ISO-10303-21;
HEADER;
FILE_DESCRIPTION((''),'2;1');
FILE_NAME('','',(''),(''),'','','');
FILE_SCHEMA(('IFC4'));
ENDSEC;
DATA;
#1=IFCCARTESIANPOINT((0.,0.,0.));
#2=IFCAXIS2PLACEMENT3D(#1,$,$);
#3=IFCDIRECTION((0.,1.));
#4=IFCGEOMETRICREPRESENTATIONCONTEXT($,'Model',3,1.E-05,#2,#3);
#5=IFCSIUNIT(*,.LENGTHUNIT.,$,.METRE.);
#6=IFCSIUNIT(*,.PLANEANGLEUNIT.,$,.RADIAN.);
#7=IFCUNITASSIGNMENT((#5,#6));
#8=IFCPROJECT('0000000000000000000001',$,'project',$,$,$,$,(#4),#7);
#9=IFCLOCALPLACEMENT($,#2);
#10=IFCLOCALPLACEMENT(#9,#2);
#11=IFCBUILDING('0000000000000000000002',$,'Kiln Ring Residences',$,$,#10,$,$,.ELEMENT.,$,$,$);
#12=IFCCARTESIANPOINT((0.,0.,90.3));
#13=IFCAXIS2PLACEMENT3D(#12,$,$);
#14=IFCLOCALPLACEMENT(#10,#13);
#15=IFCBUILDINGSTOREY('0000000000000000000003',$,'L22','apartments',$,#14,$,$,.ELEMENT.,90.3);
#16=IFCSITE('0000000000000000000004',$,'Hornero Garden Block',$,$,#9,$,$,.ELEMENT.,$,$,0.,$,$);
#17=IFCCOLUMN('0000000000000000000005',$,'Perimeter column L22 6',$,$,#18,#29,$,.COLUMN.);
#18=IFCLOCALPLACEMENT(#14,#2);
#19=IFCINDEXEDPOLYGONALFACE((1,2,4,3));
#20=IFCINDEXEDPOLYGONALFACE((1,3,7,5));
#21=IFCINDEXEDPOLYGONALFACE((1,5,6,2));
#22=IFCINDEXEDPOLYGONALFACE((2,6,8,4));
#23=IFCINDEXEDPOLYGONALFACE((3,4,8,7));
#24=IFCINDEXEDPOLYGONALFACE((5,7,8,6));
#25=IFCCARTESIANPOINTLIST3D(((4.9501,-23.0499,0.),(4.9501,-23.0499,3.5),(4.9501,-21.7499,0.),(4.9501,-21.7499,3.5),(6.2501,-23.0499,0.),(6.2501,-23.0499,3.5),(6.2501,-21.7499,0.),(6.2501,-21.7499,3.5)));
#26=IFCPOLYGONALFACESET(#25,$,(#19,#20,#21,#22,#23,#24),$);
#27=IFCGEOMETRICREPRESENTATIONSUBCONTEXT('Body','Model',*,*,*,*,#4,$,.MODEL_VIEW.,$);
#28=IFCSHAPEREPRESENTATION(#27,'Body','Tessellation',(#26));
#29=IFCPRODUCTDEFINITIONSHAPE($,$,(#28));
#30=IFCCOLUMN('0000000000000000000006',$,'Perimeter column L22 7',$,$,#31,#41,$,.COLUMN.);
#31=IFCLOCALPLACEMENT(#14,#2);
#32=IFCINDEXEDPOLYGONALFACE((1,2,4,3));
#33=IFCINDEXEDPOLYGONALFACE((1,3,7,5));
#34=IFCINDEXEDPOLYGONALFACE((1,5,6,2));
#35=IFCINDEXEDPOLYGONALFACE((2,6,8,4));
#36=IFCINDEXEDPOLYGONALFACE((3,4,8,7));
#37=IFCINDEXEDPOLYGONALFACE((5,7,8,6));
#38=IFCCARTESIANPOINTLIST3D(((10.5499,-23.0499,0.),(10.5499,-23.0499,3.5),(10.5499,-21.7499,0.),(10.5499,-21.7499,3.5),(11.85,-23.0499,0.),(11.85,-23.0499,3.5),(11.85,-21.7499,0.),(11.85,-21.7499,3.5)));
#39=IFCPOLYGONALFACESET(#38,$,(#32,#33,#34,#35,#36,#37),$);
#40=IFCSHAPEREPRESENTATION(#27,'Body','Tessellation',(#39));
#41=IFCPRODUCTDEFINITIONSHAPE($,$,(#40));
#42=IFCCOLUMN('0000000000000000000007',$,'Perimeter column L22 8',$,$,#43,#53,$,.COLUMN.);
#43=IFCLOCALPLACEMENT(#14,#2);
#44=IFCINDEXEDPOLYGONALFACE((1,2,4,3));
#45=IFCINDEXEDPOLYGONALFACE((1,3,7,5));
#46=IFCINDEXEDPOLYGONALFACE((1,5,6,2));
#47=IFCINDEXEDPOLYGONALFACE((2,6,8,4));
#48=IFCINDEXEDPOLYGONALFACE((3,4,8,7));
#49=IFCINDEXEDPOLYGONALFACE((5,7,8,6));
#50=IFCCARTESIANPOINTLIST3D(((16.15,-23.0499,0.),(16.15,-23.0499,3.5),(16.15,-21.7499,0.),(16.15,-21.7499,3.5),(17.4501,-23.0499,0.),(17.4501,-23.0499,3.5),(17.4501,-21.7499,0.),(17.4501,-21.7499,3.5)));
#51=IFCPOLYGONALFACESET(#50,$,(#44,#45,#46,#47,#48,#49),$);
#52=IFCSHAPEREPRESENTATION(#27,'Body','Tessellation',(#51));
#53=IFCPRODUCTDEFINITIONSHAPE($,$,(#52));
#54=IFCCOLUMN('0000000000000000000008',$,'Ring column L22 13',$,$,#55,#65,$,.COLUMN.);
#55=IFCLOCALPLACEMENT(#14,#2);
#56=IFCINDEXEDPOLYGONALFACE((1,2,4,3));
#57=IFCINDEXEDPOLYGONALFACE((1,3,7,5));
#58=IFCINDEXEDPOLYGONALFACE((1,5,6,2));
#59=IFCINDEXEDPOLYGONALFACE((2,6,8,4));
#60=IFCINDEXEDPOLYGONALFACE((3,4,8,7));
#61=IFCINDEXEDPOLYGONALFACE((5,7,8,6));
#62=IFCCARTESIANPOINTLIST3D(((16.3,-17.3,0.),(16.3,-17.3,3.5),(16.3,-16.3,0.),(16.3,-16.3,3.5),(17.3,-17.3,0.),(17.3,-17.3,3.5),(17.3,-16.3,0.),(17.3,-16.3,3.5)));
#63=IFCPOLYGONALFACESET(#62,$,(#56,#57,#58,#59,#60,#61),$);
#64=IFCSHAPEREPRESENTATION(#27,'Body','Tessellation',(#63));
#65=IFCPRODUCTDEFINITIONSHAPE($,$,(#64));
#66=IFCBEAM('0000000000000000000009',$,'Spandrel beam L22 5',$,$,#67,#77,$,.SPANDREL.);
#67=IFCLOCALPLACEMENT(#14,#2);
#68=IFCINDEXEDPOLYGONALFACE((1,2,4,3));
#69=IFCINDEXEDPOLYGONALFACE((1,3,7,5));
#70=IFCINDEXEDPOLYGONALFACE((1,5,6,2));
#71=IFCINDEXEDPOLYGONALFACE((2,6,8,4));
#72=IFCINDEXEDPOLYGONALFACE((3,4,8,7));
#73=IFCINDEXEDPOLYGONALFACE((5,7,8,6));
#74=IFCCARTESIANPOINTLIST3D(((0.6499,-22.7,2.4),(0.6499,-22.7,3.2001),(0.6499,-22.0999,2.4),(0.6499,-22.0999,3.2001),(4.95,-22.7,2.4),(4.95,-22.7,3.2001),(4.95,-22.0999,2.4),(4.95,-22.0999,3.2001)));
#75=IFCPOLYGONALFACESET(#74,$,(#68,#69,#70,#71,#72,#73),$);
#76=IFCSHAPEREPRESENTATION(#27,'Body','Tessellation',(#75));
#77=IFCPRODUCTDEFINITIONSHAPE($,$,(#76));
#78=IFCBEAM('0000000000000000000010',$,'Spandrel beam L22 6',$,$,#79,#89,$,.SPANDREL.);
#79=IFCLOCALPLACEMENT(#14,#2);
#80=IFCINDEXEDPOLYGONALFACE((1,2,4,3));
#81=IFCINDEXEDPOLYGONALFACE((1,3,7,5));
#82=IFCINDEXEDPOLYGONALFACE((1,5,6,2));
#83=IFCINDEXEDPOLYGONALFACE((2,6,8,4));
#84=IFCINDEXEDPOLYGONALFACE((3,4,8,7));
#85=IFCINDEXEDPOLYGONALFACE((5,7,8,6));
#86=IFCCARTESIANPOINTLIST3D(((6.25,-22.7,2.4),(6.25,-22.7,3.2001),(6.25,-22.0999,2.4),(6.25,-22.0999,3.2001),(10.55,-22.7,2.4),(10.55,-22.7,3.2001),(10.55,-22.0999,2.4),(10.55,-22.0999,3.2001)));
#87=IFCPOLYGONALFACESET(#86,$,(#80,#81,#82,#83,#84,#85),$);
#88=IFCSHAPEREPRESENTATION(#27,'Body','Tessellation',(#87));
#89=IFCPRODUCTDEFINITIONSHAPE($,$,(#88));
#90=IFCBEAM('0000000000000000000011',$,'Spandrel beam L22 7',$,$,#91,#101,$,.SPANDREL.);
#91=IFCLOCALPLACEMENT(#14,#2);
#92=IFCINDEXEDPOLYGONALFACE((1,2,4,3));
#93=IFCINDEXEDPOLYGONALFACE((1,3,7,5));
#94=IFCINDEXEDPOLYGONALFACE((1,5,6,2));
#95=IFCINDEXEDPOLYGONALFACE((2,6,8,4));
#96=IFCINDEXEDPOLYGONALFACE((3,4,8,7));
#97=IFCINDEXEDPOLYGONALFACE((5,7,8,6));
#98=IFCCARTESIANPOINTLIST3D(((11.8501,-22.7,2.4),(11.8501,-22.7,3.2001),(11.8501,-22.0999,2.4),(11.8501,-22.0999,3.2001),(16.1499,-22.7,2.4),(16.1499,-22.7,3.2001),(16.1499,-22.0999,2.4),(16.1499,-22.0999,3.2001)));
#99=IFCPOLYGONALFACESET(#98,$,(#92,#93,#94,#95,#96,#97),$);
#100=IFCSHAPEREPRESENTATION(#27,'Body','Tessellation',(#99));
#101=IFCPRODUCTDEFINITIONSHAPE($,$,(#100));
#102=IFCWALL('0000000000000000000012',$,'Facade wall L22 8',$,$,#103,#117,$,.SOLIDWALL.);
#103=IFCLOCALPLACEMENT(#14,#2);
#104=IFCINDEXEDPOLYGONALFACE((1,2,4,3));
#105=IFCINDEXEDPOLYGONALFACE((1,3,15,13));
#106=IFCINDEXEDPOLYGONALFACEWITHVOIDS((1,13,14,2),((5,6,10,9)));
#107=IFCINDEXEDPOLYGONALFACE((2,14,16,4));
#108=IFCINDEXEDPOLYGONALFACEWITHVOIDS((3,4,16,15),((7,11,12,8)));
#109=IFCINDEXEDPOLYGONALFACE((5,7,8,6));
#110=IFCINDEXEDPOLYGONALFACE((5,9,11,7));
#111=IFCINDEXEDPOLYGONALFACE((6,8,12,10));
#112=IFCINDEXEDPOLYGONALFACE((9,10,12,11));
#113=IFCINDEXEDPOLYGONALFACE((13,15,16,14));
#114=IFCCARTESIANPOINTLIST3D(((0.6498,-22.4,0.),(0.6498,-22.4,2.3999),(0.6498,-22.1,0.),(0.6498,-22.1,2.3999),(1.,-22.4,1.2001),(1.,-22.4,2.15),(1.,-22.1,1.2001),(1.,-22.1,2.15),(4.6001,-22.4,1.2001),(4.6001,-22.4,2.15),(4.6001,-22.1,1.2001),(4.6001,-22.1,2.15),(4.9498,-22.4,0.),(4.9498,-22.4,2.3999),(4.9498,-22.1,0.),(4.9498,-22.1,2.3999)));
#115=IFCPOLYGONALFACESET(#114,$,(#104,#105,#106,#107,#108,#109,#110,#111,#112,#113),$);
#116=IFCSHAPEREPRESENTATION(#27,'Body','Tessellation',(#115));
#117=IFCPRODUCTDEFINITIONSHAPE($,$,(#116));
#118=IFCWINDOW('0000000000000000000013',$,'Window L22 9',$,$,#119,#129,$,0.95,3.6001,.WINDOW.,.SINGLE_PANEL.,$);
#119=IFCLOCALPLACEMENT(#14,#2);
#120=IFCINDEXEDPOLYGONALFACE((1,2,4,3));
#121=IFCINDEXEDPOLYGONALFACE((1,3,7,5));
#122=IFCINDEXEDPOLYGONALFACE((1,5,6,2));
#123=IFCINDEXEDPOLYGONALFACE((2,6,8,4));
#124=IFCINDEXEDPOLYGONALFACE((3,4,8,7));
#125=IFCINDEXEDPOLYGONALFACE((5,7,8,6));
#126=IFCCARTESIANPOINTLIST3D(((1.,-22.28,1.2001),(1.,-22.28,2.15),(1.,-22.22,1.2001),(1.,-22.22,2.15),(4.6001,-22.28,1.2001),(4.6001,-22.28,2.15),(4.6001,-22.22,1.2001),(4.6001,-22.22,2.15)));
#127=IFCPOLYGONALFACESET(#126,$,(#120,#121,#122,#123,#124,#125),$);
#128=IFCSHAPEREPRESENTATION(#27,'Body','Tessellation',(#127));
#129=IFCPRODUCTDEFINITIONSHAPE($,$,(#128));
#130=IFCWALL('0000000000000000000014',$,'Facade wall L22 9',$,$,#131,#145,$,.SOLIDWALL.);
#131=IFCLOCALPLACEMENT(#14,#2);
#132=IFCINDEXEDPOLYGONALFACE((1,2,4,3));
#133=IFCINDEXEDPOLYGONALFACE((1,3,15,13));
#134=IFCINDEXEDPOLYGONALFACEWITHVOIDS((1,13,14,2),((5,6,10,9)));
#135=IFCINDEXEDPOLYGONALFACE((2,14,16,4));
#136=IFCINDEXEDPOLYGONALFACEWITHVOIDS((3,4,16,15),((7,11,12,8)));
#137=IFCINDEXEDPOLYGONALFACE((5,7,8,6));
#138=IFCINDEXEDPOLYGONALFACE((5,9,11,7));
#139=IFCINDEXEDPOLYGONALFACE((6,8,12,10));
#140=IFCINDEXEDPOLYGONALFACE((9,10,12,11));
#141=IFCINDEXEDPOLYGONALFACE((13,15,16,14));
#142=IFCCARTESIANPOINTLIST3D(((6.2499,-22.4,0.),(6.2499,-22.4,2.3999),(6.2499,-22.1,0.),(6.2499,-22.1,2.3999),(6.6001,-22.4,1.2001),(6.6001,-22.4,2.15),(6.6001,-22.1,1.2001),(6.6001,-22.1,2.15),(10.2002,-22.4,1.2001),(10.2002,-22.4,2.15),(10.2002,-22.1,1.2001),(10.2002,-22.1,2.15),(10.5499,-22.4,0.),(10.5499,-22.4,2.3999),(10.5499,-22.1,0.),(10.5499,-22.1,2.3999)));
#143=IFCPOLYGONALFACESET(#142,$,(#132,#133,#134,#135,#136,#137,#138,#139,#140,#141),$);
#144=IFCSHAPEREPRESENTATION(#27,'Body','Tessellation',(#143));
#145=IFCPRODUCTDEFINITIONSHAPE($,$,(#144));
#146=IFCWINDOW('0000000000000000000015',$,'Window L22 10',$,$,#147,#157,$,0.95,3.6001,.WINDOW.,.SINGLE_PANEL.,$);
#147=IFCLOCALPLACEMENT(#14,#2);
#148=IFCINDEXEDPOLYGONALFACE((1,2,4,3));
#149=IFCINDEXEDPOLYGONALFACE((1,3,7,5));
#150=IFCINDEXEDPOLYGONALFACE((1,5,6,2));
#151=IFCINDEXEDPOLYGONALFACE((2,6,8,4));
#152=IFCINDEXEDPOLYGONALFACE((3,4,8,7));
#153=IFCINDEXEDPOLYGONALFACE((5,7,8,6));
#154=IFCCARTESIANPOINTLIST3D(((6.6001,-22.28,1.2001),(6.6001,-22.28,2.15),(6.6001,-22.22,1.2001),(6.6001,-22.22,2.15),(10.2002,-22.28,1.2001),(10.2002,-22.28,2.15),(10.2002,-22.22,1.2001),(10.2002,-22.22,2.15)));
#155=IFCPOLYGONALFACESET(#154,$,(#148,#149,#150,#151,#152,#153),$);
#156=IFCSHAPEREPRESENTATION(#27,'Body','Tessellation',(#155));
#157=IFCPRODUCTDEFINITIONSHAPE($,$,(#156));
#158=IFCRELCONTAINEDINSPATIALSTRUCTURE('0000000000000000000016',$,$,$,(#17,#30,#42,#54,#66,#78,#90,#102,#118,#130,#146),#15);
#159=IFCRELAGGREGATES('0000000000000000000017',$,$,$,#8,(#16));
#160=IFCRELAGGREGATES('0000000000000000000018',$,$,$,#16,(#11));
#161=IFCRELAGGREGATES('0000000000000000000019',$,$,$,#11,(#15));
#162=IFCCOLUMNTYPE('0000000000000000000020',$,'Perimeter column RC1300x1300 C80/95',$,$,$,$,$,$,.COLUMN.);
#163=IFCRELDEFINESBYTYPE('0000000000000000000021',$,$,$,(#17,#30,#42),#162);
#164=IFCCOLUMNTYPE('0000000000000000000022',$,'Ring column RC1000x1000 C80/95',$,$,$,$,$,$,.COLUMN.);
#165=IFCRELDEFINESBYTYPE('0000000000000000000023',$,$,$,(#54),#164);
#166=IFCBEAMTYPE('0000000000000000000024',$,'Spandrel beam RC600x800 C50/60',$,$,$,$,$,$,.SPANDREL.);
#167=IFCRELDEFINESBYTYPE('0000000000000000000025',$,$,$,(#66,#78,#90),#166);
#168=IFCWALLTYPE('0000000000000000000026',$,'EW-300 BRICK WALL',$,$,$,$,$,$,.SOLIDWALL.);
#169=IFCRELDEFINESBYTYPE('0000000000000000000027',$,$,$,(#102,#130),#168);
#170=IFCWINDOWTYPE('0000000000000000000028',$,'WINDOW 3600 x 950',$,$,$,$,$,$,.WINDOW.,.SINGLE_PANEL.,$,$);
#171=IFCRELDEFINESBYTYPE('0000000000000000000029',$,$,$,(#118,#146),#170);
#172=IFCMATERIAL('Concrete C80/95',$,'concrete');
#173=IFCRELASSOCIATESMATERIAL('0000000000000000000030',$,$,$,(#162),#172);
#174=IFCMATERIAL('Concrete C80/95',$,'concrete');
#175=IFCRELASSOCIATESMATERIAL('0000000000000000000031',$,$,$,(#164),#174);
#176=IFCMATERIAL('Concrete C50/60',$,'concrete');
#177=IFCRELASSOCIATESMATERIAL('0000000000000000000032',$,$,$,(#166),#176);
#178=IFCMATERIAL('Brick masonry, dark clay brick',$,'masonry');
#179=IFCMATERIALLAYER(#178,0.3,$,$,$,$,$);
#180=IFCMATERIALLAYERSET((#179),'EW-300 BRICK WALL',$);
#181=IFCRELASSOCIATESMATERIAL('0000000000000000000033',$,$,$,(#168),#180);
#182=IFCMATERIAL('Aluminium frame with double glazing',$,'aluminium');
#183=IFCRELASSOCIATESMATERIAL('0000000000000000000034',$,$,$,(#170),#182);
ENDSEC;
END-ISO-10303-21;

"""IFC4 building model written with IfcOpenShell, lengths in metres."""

from ifc_helpers import new_model, si_unit, direction, frame, frame_2d, origin, origin_2d, place, context, subcontext, project, spatial, rectangle, extrude, material, layer, layer_set, material_profile, profile_set, type_object, element, fill, save


model = new_model("IFC4")

# Units and contexts
model_context = context("Model", 3, precision=1e-05, world=origin(), true_north=direction((0.0, 1.0)))
body_context = subcontext(model_context, "Body", "Model", "MODEL_VIEW")
ifc_project = project(units=[si_unit("LENGTHUNIT", "METRE"), si_unit("PLANEANGLEUNIT", "RADIAN")], contexts=[model_context])

# Site, building, storey
site_placement = place(None, origin())
site = spatial("IfcSite", under=ifc_project, at=site_placement, Name="Hornero Garden Block", CompositionType="ELEMENT", RefElevation=0.0)
building_placement = place(site_placement, origin())
building = spatial("IfcBuilding", under=site, at=building_placement, Name="Kiln Ring Residences", CompositionType="ELEMENT")
storey_placement = place(building_placement, frame((0.0, 0.0, 90.3)))
storey = spatial("IfcBuildingStorey", under=building, at=storey_placement, Name="L22", Description="apartments", CompositionType="ELEMENT", Elevation=90.3)

# Columns
ifc_material_1 = material(Name="Concrete C80/95", Category="concrete")
ifc_material_profile_1 = material_profile(ifc_material_1, rectangle(XDim=1.3, YDim=1.3, at=origin_2d()), Name="RC1300x1300")
ifc_profile_set_1 = profile_set([ifc_material_profile_1], Name="Concrete C80/95")
column_type_1 = type_object("IfcColumnType", Name="Perimeter column RC1300x1300 C80/95", PredefinedType="COLUMN", material=ifc_profile_set_1)
for number, where, z_axis, x_axis, name in (
    (1, (5.6001, -22.3999, 0.0), (0.0, 0.0, 1.0), (1.0, 0.0, 0.0), "Perimeter column L22 6"),
    (2, (11.2, -22.3999, 0.0), (0.0, 0.0, 1.0), (1.0, 0.0, 0.0), "Perimeter column L22 7"),
    (3, (16.8, -22.3999, 0.0), (0.0, 0.0, 1.0), (1.0, 0.0, 0.0), "Perimeter column L22 8"),
):
    element("IfcColumn", number, at=place(storey_placement, frame(where, z_axis=z_axis, x_axis=x_axis)), inside=storey, type_object=column_type_1, Name=name, PredefinedType="COLUMN", context=body_context, shape_type="SweptSolid", body=[
        extrude(rectangle(XDim=1.3, YDim=1.3, at=origin_2d()), origin(), (0.0, 0.0, 1.0), 3.5),
    ])
ifc_material_2 = material(Name="Concrete C80/95", Category="concrete")
ifc_material_profile_2 = material_profile(ifc_material_2, rectangle(XDim=1.0, YDim=1.0, at=origin_2d()), Name="RC1000x1000")
ifc_profile_set_2 = profile_set([ifc_material_profile_2], Name="Concrete C80/95")
column_type_2 = type_object("IfcColumnType", Name="Ring column RC1000x1000 C80/95", PredefinedType="COLUMN", material=ifc_profile_set_2)
column_placement = place(storey_placement, frame((16.8, -16.8, 0.0), z_axis=(0.0, 0.0, 1.0), x_axis=(1.0, 0.0, 0.0)))
element("IfcColumn", 4, at=column_placement, inside=storey, type_object=column_type_2, Name="Ring column L22 13", PredefinedType="COLUMN", context=body_context, shape_type="SweptSolid", body=[
    extrude(rectangle(XDim=1.0, YDim=1.0, at=origin_2d()), origin(), (0.0, 0.0, 1.0), 3.5),
])

# Beams
ifc_material_3 = material(Name="Concrete C50/60", Category="concrete")
ifc_material_profile_3 = material_profile(ifc_material_3, rectangle(XDim=0.6001, YDim=0.8, at=origin_2d()), Name="RC600x800")
ifc_profile_set_3 = profile_set([ifc_material_profile_3], Name="Concrete C50/60")
beam_type = type_object("IfcBeamType", Name="Spandrel beam RC600x800 C50/60", PredefinedType="SPANDREL", material=ifc_profile_set_3)
for number, where, z_axis, x_axis, name in (
    (5, (0.6499, -22.3999, 2.8), (1.0, 0.0, 0.0), (0.0, 1.0, 0.0), "Spandrel beam L22 5"),
    (6, (6.25, -22.3999, 2.8), (1.0, 0.0, 0.0), (0.0, 1.0, 0.0), "Spandrel beam L22 6"),
):
    element("IfcBeam", number, at=place(storey_placement, frame(where, z_axis=z_axis, x_axis=x_axis)), inside=storey, type_object=beam_type, Name=name, PredefinedType="SPANDREL", context=body_context, shape_type="SweptSolid", body=[
        extrude(rectangle(XDim=0.6001, YDim=0.8, at=origin_2d()), origin(), (0.0, 0.0, 1.0), 4.3),
    ])
beam_placement = place(storey_placement, frame((11.8501, -22.3999, 2.8), z_axis=(1.0, 0.0, 0.0), x_axis=(0.0, 1.0, 0.0)))
element("IfcBeam", 7, at=beam_placement, inside=storey, type_object=beam_type, Name="Spandrel beam L22 7", PredefinedType="SPANDREL", context=body_context, shape_type="SweptSolid", body=[
    extrude(rectangle(XDim=0.6001, YDim=0.8, at=origin_2d()), origin(), (0.0, 0.0, 1.0), 4.2998),
])

# Walls, openings, windows
ifc_material_4 = material(Name="Brick masonry, dark clay brick", Category="masonry")
ifc_layer_1 = layer(ifc_material_4, 0.3)
ifc_layer_set_1 = layer_set([ifc_layer_1], Name="EW-300 BRICK WALL")
wall_type_1 = type_object("IfcWallType", Name="EW-300 BRICK WALL", PredefinedType="SOLIDWALL", material=ifc_layer_set_1)
wall_1_placement = place(storey_placement, frame((0.6499, -22.25, 0.0), z_axis=(0.0, 0.0, 1.0), x_axis=(1.0, 0.0, 0.0)))
wall_1 = element("IfcWall", 8, at=wall_1_placement, inside=storey, type_object=wall_type_1, Name="Facade wall L22 8", PredefinedType="SOLIDWALL", context=body_context, shape_type="SweptSolid", body=[
    extrude(rectangle(XDim=4.3, YDim=0.3, at=frame_2d((2.1499, 0.0))), origin(), (0.0, 0.0, 1.0), 2.3999),
])
opening_1_placement = place(wall_1_placement, frame((0.3501, 0.0, 1.2)))
opening_1 = element("IfcOpeningElement", 9, at=opening_1_placement, cuts=wall_1, PredefinedType="OPENING", context=body_context, shape_type="SweptSolid", body=[
    extrude(rectangle(XDim=3.6001, YDim=0.95, at=frame_2d((1.8, 0.4751))), frame((0.0, 0.1599, 0.0), z_axis=(0.0, -1.0, 0.0), x_axis=(1.0, 0.0, 0.0)), (0.0, 0.0, 1.0), 0.3201),
])
ifc_material_5 = material(Name="Aluminium frame with double glazing", Category="aluminium")
window_type_1 = type_object("IfcWindowType", Name="WINDOW 3600 x 950", PartitioningType="SINGLE_PANEL", PredefinedType="WINDOW", material=ifc_material_5)
window_1_placement = place(opening_1_placement, origin())
window_1 = element("IfcWindow", 10, at=window_1_placement, inside=storey, type_object=window_type_1, Name="Window L22 9", OverallHeight=0.95, OverallWidth=3.6001, PartitioningType="SINGLE_PANEL", PredefinedType="WINDOW", context=body_context, shape_type="SweptSolid", body=[
    extrude(rectangle(XDim=3.6001, YDim=0.95, at=frame_2d((1.8, 0.4751))), frame((0.0, 0.03, 0.0), z_axis=(0.0, -1.0, 0.0), x_axis=(1.0, 0.0, 0.0)), (0.0, 0.0, 1.0), 0.0601),
])
fill(opening_1, window_1)
wall_2_placement = place(storey_placement, frame((6.25, -22.25, 0.0), z_axis=(0.0, 0.0, 1.0), x_axis=(1.0, 0.0, 0.0)))
wall_2 = element("IfcWall", 11, at=wall_2_placement, inside=storey, type_object=wall_type_1, Name="Facade wall L22 9", PredefinedType="SOLIDWALL", context=body_context, shape_type="SweptSolid", body=[
    extrude(rectangle(XDim=4.3, YDim=0.3, at=frame_2d((2.1499, 0.0))), origin(), (0.0, 0.0, 1.0), 2.3999),
])
opening_2_placement = place(wall_2_placement, frame((0.3501, 0.0, 1.2)))
opening_2 = element("IfcOpeningElement", 12, at=opening_2_placement, cuts=wall_2, PredefinedType="OPENING", context=body_context, shape_type="SweptSolid", body=[
    extrude(rectangle(XDim=3.6001, YDim=0.95, at=frame_2d((1.8, 0.4751))), frame((0.0, 0.1599, 0.0), z_axis=(0.0, -1.0, 0.0), x_axis=(1.0, 0.0, 0.0)), (0.0, 0.0, 1.0), 0.3201),
])
window_2_placement = place(opening_2_placement, origin())
window_2 = element("IfcWindow", 13, at=window_2_placement, inside=storey, type_object=window_type_1, Name="Window L22 10", OverallHeight=0.95, OverallWidth=3.6001, PartitioningType="SINGLE_PANEL", PredefinedType="WINDOW", context=body_context, shape_type="SweptSolid", body=[
    extrude(rectangle(XDim=3.6001, YDim=0.95, at=frame_2d((1.8, 0.4751))), frame((0.0, 0.03, 0.0), z_axis=(0.0, -1.0, 0.0), x_axis=(1.0, 0.0, 0.0)), (0.0, 0.0, 1.0), 0.0601),
])
fill(opening_2, window_2)

save(model, "model.ifc")
